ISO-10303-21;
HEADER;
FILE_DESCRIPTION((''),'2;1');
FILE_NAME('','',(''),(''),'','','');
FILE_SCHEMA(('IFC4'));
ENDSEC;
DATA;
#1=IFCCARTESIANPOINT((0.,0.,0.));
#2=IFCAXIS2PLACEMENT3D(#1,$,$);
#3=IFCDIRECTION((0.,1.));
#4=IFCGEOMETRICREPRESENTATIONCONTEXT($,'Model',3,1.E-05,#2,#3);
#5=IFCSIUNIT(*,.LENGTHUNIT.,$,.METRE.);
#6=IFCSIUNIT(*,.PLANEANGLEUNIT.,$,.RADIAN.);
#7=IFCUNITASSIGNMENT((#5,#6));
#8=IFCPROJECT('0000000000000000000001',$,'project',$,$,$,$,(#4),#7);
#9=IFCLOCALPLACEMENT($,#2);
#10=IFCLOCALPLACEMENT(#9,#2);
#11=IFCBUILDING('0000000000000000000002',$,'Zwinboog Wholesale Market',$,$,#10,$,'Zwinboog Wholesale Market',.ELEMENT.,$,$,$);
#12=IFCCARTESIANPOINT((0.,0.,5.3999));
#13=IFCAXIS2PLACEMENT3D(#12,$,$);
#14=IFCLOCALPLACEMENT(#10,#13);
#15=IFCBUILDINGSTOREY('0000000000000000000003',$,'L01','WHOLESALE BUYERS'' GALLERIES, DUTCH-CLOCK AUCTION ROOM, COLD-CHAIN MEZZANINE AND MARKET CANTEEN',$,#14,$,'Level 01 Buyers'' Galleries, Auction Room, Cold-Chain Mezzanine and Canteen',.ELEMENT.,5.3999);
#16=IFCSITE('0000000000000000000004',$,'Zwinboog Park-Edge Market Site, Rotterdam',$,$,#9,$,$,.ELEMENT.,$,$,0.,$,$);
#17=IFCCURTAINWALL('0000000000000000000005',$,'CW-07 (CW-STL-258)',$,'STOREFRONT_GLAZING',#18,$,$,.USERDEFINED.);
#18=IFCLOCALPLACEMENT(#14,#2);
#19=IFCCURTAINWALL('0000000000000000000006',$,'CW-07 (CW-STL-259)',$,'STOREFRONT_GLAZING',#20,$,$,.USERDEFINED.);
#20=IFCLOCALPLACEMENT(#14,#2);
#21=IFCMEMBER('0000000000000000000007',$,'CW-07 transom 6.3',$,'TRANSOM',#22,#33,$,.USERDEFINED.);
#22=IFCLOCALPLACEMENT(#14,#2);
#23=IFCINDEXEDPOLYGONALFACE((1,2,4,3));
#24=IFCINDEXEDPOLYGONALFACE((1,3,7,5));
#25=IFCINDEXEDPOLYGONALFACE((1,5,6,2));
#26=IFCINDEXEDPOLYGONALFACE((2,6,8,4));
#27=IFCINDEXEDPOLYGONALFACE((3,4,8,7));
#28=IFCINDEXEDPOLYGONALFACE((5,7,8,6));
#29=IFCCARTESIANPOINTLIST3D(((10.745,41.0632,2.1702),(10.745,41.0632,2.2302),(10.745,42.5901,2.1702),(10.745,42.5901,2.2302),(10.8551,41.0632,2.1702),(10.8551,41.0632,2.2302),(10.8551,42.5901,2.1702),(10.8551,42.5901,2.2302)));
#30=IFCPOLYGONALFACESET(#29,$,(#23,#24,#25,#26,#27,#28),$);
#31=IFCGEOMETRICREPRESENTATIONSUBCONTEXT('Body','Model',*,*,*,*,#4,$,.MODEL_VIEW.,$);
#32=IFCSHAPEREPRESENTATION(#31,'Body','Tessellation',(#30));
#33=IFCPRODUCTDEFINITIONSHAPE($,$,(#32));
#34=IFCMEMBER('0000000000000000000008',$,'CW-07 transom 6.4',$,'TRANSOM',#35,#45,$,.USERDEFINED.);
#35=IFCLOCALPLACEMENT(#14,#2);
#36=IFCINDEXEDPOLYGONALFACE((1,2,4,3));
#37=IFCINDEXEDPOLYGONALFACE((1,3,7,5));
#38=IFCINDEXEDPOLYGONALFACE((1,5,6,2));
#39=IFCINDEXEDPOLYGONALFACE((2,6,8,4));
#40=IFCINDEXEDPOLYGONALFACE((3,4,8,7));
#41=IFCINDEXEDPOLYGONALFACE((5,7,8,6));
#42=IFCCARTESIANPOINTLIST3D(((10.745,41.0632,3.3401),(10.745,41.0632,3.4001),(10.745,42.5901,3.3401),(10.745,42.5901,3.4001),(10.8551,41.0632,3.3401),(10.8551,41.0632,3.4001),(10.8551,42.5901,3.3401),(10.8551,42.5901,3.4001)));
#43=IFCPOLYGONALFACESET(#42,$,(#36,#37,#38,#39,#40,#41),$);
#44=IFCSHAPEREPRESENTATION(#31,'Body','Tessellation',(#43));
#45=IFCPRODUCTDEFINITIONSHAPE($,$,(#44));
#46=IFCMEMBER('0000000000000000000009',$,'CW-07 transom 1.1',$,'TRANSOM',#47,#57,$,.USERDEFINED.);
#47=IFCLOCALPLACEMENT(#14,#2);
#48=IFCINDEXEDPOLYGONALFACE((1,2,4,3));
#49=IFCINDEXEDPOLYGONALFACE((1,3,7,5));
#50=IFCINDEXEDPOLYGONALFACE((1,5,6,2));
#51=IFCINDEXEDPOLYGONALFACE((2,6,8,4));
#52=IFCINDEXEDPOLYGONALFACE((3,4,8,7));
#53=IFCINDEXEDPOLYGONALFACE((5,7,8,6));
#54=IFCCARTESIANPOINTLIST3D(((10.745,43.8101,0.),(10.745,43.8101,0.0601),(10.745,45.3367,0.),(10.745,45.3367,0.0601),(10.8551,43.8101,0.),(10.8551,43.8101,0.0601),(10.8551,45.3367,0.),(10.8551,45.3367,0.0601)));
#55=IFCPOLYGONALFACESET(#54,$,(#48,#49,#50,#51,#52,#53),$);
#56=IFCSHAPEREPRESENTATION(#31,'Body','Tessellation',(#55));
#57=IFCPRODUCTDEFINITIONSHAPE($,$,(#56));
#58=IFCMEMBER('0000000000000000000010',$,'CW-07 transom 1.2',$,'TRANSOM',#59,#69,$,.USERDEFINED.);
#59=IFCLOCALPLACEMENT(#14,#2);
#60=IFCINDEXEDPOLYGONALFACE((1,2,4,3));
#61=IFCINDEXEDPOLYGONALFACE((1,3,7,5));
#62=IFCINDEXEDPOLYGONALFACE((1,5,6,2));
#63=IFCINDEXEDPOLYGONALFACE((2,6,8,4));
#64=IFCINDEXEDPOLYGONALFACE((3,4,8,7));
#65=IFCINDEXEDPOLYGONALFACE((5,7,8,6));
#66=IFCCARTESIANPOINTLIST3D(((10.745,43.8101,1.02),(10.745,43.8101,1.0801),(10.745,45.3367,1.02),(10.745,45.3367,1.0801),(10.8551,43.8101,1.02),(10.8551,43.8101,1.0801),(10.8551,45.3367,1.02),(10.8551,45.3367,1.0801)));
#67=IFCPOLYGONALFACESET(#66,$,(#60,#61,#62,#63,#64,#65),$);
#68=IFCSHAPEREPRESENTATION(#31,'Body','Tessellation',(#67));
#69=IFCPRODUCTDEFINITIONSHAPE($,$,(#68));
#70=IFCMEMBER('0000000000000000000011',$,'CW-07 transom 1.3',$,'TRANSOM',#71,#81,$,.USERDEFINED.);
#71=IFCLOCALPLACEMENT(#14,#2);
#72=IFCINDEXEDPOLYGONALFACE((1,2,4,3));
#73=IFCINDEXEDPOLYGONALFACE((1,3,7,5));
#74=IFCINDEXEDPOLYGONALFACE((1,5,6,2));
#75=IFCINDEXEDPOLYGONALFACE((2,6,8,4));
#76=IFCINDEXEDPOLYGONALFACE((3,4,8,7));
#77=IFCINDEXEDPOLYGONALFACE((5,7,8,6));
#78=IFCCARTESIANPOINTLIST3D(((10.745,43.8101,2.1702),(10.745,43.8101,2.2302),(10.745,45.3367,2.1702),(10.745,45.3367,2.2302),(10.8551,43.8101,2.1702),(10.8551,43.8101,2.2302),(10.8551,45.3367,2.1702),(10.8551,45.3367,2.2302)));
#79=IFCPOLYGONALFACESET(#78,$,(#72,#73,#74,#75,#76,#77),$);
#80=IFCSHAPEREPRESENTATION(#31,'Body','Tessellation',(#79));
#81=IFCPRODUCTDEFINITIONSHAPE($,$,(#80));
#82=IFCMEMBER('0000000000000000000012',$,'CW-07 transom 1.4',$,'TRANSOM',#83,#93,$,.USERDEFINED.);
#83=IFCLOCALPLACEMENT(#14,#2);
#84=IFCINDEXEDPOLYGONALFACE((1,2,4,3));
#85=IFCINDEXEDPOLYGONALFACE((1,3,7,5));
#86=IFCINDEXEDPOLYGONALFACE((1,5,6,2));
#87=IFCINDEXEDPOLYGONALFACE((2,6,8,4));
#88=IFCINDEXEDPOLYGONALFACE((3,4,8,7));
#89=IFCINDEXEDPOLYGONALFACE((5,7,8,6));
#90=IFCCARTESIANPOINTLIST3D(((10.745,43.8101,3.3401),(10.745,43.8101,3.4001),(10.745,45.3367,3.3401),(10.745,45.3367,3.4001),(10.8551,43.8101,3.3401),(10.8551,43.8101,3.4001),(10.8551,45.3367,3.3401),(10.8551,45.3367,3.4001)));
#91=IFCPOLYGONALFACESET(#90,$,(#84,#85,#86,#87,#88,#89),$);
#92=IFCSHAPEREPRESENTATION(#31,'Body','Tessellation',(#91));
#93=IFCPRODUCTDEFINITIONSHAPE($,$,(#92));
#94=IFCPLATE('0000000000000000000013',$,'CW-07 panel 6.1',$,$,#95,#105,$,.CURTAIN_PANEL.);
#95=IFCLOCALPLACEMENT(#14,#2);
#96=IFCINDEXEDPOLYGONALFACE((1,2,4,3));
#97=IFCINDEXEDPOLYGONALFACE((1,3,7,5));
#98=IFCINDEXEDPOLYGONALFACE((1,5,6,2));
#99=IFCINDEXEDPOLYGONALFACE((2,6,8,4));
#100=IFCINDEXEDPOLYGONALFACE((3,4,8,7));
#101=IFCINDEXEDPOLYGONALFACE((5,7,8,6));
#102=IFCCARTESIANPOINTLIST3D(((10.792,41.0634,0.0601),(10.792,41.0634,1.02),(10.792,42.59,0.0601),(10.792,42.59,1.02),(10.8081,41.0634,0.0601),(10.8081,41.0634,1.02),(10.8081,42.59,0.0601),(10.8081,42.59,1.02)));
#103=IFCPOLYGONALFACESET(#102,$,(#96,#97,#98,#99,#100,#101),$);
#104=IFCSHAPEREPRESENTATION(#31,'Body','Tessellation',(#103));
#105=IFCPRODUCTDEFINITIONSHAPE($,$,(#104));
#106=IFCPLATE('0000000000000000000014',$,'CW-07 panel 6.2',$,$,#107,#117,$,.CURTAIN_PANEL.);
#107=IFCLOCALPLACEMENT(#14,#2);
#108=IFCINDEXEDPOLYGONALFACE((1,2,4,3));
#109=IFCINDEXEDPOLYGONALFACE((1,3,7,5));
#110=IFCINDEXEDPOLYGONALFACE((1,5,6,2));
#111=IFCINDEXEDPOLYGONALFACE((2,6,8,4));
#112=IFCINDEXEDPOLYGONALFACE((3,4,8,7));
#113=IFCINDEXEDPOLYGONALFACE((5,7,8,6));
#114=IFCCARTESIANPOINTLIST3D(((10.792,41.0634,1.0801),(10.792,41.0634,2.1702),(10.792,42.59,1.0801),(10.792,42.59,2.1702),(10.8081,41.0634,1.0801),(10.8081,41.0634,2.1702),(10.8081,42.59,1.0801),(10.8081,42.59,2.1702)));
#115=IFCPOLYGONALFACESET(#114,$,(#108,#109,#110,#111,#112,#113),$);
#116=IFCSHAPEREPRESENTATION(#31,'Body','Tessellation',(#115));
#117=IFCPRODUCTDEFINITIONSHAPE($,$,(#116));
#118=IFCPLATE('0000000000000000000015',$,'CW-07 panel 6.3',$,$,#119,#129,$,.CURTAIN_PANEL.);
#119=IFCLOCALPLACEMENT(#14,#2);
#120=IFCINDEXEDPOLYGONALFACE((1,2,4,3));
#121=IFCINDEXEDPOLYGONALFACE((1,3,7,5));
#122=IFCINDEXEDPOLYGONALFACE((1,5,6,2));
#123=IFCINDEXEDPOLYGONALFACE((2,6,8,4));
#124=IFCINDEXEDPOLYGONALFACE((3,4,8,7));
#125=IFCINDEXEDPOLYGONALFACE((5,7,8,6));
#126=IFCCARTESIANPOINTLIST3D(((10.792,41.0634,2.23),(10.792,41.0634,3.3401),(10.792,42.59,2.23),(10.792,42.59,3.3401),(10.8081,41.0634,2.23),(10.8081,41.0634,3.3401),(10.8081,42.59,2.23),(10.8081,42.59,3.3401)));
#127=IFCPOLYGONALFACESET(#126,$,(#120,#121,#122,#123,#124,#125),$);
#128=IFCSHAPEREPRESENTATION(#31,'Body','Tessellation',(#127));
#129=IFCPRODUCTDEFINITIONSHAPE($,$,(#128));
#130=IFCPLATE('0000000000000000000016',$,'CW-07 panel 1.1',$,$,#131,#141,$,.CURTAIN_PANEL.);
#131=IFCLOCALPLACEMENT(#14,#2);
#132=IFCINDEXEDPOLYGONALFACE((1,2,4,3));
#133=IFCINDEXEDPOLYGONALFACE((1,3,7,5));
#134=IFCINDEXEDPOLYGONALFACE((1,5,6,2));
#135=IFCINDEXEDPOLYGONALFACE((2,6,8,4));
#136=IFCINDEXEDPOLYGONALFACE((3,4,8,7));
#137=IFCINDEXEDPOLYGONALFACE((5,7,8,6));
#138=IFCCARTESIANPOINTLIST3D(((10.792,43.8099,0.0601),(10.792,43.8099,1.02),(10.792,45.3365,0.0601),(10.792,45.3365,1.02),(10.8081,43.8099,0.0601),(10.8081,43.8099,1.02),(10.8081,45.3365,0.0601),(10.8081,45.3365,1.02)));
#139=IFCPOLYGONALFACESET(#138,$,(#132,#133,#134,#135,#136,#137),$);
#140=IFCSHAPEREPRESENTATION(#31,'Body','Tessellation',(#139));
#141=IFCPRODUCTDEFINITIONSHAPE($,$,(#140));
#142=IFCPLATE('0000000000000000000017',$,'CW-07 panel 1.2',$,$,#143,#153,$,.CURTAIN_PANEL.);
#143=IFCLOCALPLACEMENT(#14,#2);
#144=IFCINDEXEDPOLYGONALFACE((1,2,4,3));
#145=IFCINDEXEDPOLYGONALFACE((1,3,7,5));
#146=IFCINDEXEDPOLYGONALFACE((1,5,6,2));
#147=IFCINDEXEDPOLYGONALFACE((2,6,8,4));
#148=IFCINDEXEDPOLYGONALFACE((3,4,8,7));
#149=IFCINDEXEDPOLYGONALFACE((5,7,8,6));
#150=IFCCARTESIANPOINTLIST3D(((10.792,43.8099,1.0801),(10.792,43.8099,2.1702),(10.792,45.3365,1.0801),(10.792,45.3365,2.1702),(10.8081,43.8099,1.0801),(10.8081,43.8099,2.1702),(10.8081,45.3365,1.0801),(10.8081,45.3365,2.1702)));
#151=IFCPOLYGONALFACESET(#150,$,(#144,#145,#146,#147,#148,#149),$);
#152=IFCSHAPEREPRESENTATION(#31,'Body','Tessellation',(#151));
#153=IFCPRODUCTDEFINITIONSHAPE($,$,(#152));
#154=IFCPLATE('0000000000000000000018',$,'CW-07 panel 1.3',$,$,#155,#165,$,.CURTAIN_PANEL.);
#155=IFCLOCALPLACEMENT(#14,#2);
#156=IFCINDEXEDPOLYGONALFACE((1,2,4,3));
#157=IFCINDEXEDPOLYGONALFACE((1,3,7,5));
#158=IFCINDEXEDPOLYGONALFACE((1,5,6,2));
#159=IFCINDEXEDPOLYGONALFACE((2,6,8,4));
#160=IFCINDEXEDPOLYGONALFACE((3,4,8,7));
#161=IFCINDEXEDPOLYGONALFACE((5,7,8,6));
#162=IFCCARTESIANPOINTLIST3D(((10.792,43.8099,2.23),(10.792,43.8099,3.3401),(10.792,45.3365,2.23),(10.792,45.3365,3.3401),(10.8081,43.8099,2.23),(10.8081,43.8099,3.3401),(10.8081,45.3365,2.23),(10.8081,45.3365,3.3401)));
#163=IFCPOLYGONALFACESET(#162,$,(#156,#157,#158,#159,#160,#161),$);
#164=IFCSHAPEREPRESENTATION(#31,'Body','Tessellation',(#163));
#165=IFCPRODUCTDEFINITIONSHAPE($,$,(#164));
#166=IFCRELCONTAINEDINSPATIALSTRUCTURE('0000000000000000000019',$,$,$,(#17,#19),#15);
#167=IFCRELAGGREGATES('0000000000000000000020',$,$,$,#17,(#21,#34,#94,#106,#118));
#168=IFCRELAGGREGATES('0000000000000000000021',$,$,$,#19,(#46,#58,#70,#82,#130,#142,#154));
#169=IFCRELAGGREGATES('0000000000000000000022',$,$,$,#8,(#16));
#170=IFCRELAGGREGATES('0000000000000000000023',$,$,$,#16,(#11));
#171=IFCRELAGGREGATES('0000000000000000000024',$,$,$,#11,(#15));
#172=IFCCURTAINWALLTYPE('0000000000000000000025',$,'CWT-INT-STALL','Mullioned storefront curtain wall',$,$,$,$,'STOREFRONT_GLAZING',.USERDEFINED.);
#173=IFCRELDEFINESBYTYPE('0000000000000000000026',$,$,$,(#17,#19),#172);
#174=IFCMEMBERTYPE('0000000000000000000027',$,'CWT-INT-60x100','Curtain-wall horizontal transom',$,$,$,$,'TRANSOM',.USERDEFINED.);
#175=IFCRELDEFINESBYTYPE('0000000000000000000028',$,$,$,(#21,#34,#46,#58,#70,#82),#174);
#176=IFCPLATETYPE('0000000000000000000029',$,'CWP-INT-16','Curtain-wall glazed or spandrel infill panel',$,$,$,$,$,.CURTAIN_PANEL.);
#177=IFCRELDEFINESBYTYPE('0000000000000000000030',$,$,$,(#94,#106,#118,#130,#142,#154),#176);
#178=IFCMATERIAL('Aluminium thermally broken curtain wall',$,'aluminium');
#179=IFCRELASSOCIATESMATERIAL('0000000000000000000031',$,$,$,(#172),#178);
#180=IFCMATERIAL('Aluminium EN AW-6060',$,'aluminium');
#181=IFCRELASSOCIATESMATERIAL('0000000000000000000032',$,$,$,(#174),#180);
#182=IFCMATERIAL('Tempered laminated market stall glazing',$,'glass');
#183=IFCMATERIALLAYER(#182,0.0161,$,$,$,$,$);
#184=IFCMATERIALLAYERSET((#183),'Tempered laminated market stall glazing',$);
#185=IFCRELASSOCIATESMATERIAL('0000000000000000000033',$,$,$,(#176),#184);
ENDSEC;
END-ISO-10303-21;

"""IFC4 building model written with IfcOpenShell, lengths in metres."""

from ifc_helpers import new_model, si_unit, direction, frame, origin, origin_2d, place, context, subcontext, project, spatial, rectangle, extrude, material, layer, layer_set, material_profile, profile_set, type_object, element, aggregate, save


model = new_model("IFC4")

# Units and contexts
model_context = context("Model", 3, precision=1e-05, world=origin(), true_north=direction((0.0, 1.0)))
body_context = subcontext(model_context, "Body", "Model", "MODEL_VIEW")
ifc_project = project(units=[si_unit("LENGTHUNIT", "METRE"), si_unit("PLANEANGLEUNIT", "RADIAN")], contexts=[model_context])

# Site, building, storey
site_placement = place(None, origin())
site = spatial("IfcSite", under=ifc_project, at=site_placement, Name="Zwinboog Park-Edge Market Site, Rotterdam", CompositionType="ELEMENT", RefElevation=0.0)
building_placement = place(site_placement, origin())
building = spatial("IfcBuilding", under=site, at=building_placement, Name="Zwinboog Wholesale Market", LongName="Zwinboog Wholesale Market", CompositionType="ELEMENT")
storey_placement = place(building_placement, frame((0.0, 0.0, 5.3999)))
storey = spatial("IfcBuildingStorey", under=building, at=storey_placement, Name="L01", Description="WHOLESALE BUYERS' GALLERIES, DUTCH-CLOCK AUCTION ROOM, COLD-CHAIN MEZZANINE AND MARKET CANTEEN", LongName="Level 01 Buyers' Galleries, Auction Room, Cold-Chain Mezzanine and Canteen", CompositionType="ELEMENT", Elevation=5.3999)

# Curtain walls
ifc_material_1 = material(Name="Aluminium thermally broken curtain wall", Category="aluminium")
curtain_wall_type = type_object("IfcCurtainWallType", Name="CWT-INT-STALL", Description="Mullioned storefront curtain wall", ElementType="STOREFRONT_GLAZING", PredefinedType="USERDEFINED", material=ifc_material_1)
curtain_wall_1_placement = place(storey_placement, origin())
curtain_wall_1 = element("IfcCurtainWall", 1, at=curtain_wall_1_placement, inside=storey, type_object=curtain_wall_type, Name="CW-07 (CW-STL-258)", ObjectType="STOREFRONT_GLAZING", PredefinedType="USERDEFINED")
ifc_material_2 = material(Name="Aluminium EN AW-6060", Category="aluminium")
curtain_wall_2_placement = place(storey_placement, origin())
curtain_wall_2 = element("IfcCurtainWall", 2, at=curtain_wall_2_placement, inside=storey, type_object=curtain_wall_type, Name="CW-07 (CW-STL-259)", ObjectType="STOREFRONT_GLAZING", PredefinedType="USERDEFINED")

# Members
ifc_material_profile_1 = material_profile(ifc_material_2, rectangle(XDim=0.1101, YDim=0.0601, at=origin_2d()), Name="AL 60x110")
ifc_profile_set_1 = profile_set([ifc_material_profile_1], Name="Aluminium EN AW-6060")
member_type_1 = type_object("IfcMemberType", Name="CWT-INT-60x100", Description="Curtain-wall horizontal transom", ElementType="TRANSOM", PredefinedType="USERDEFINED", material=ifc_profile_set_1)
member_1_placement = place(storey_placement, frame((10.8, 41.0632, 2.2002), z_axis=(0.0, 1.0, 0.0), x_axis=(-1.0, 0.0, 0.0)))
member_1 = element("IfcMember", 3, at=member_1_placement, type_object=member_type_1, Name="CW-07 transom 6.3", ObjectType="TRANSOM", PredefinedType="USERDEFINED", context=body_context, shape_type="SweptSolid", body=[
    extrude(rectangle(XDim=0.1101, YDim=0.0601, at=origin_2d()), origin(), (0.0, 0.0, 1.0), 1.5269),
])
member_2_placement = place(storey_placement, frame((10.8, 41.0632, 3.3701), z_axis=(0.0, 1.0, 0.0), x_axis=(-1.0, 0.0, 0.0)))
member_2 = element("IfcMember", 4, at=member_2_placement, type_object=member_type_1, Name="CW-07 transom 6.4", ObjectType="TRANSOM", PredefinedType="USERDEFINED", context=body_context, shape_type="SweptSolid", body=[
    extrude(rectangle(XDim=0.1101, YDim=0.0601, at=origin_2d()), origin(), (0.0, 0.0, 1.0), 1.5269),
])
member_3_placement = place(storey_placement, frame((10.8, 43.8101, 0.03), z_axis=(0.0, 1.0, 0.0), x_axis=(-1.0, 0.0, 0.0)))
member_3 = element("IfcMember", 5, at=member_3_placement, type_object=member_type_1, Name="CW-07 transom 1.1", ObjectType="TRANSOM", PredefinedType="USERDEFINED", context=body_context, shape_type="SweptSolid", body=[
    extrude(rectangle(XDim=0.1101, YDim=0.0601, at=origin_2d()), origin(), (0.0, 0.0, 1.0), 1.5266),
])
member_4_placement = place(storey_placement, frame((10.8, 43.8101, 1.05), z_axis=(0.0, 1.0, 0.0), x_axis=(-1.0, 0.0, 0.0)))
member_4 = element("IfcMember", 6, at=member_4_placement, type_object=member_type_1, Name="CW-07 transom 1.2", ObjectType="TRANSOM", PredefinedType="USERDEFINED", context=body_context, shape_type="SweptSolid", body=[
    extrude(rectangle(XDim=0.1101, YDim=0.0601, at=origin_2d()), origin(), (0.0, 0.0, 1.0), 1.5266),
])
member_5_placement = place(storey_placement, frame((10.8, 43.8101, 2.2002), z_axis=(0.0, 1.0, 0.0), x_axis=(-1.0, 0.0, 0.0)))
member_5 = element("IfcMember", 7, at=member_5_placement, type_object=member_type_1, Name="CW-07 transom 1.3", ObjectType="TRANSOM", PredefinedType="USERDEFINED", context=body_context, shape_type="SweptSolid", body=[
    extrude(rectangle(XDim=0.1101, YDim=0.0601, at=origin_2d()), origin(), (0.0, 0.0, 1.0), 1.5266),
])
member_6_placement = place(storey_placement, frame((10.8, 43.8101, 3.3701), z_axis=(0.0, 1.0, 0.0), x_axis=(-1.0, 0.0, 0.0)))
member_6 = element("IfcMember", 8, at=member_6_placement, type_object=member_type_1, Name="CW-07 transom 1.4", ObjectType="TRANSOM", PredefinedType="USERDEFINED", context=body_context, shape_type="SweptSolid", body=[
    extrude(rectangle(XDim=0.1101, YDim=0.0601, at=origin_2d()), origin(), (0.0, 0.0, 1.0), 1.5266),
])

# Plates
ifc_material_3 = material(Name="Tempered laminated market stall glazing", Category="glass")
ifc_layer = layer(ifc_material_3, 0.0161)
ifc_layer_set = layer_set([ifc_layer], Name="Tempered laminated market stall glazing")
plate_type = type_object("IfcPlateType", Name="CWP-INT-16", Description="Curtain-wall glazed or spandrel infill panel", PredefinedType="CURTAIN_PANEL", material=ifc_layer_set)
plate_1_placement = place(storey_placement, frame((10.8, 41.8267, 0.0601), z_axis=(0.0, 0.0, 1.0), x_axis=(0.0, 1.0, 0.0)))
plate_1 = element("IfcPlate", 9, at=plate_1_placement, type_object=plate_type, Name="CW-07 panel 6.1", PredefinedType="CURTAIN_PANEL", context=body_context, shape_type="SweptSolid", body=[
    extrude(rectangle(XDim=1.5266, YDim=0.0161, at=origin_2d()), origin(), (0.0, 0.0, 1.0), 0.96),
])
plate_2_placement = place(storey_placement, frame((10.8, 41.8267, 1.0801), z_axis=(0.0, 0.0, 1.0), x_axis=(0.0, 1.0, 0.0)))
plate_2 = element("IfcPlate", 10, at=plate_2_placement, type_object=plate_type, Name="CW-07 panel 6.2", PredefinedType="CURTAIN_PANEL", context=body_context, shape_type="SweptSolid", body=[
    extrude(rectangle(XDim=1.5266, YDim=0.0161, at=origin_2d()), origin(), (0.0, 0.0, 1.0), 1.0901),
])
plate_3_placement = place(storey_placement, frame((10.8, 41.8267, 2.23), z_axis=(0.0, 0.0, 1.0), x_axis=(0.0, 1.0, 0.0)))
plate_3 = element("IfcPlate", 11, at=plate_3_placement, type_object=plate_type, Name="CW-07 panel 6.3", PredefinedType="CURTAIN_PANEL", context=body_context, shape_type="SweptSolid", body=[
    extrude(rectangle(XDim=1.5266, YDim=0.0161, at=origin_2d()), origin(), (0.0, 0.0, 1.0), 1.1101),
])
aggregate(curtain_wall_1, [member_1, member_2, plate_1, plate_2, plate_3])
plate_4_placement = place(storey_placement, frame((10.8, 44.5732, 0.0601), z_axis=(0.0, 0.0, 1.0), x_axis=(0.0, 1.0, 0.0)))
plate_4 = element("IfcPlate", 12, at=plate_4_placement, type_object=plate_type, Name="CW-07 panel 1.1", PredefinedType="CURTAIN_PANEL", context=body_context, shape_type="SweptSolid", body=[
    extrude(rectangle(XDim=1.5266, YDim=0.0161, at=origin_2d()), origin(), (0.0, 0.0, 1.0), 0.96),
])
plate_5_placement = place(storey_placement, frame((10.8, 44.5732, 1.0801), z_axis=(0.0, 0.0, 1.0), x_axis=(0.0, 1.0, 0.0)))
plate_5 = element("IfcPlate", 13, at=plate_5_placement, type_object=plate_type, Name="CW-07 panel 1.2", PredefinedType="CURTAIN_PANEL", context=body_context, shape_type="SweptSolid", body=[
    extrude(rectangle(XDim=1.5266, YDim=0.0161, at=origin_2d()), origin(), (0.0, 0.0, 1.0), 1.0901),
])
plate_6_placement = place(storey_placement, frame((10.8, 44.5732, 2.23), z_axis=(0.0, 0.0, 1.0), x_axis=(0.0, 1.0, 0.0)))
plate_6 = element("IfcPlate", 14, at=plate_6_placement, type_object=plate_type, Name="CW-07 panel 1.3", PredefinedType="CURTAIN_PANEL", context=body_context, shape_type="SweptSolid", body=[
    extrude(rectangle(XDim=1.5266, YDim=0.0161, at=origin_2d()), origin(), (0.0, 0.0, 1.0), 1.1101),
])
aggregate(curtain_wall_2, [member_3, member_4, member_5, member_6, plate_4, plate_5, plate_6])

save(model, "model.ifc")
